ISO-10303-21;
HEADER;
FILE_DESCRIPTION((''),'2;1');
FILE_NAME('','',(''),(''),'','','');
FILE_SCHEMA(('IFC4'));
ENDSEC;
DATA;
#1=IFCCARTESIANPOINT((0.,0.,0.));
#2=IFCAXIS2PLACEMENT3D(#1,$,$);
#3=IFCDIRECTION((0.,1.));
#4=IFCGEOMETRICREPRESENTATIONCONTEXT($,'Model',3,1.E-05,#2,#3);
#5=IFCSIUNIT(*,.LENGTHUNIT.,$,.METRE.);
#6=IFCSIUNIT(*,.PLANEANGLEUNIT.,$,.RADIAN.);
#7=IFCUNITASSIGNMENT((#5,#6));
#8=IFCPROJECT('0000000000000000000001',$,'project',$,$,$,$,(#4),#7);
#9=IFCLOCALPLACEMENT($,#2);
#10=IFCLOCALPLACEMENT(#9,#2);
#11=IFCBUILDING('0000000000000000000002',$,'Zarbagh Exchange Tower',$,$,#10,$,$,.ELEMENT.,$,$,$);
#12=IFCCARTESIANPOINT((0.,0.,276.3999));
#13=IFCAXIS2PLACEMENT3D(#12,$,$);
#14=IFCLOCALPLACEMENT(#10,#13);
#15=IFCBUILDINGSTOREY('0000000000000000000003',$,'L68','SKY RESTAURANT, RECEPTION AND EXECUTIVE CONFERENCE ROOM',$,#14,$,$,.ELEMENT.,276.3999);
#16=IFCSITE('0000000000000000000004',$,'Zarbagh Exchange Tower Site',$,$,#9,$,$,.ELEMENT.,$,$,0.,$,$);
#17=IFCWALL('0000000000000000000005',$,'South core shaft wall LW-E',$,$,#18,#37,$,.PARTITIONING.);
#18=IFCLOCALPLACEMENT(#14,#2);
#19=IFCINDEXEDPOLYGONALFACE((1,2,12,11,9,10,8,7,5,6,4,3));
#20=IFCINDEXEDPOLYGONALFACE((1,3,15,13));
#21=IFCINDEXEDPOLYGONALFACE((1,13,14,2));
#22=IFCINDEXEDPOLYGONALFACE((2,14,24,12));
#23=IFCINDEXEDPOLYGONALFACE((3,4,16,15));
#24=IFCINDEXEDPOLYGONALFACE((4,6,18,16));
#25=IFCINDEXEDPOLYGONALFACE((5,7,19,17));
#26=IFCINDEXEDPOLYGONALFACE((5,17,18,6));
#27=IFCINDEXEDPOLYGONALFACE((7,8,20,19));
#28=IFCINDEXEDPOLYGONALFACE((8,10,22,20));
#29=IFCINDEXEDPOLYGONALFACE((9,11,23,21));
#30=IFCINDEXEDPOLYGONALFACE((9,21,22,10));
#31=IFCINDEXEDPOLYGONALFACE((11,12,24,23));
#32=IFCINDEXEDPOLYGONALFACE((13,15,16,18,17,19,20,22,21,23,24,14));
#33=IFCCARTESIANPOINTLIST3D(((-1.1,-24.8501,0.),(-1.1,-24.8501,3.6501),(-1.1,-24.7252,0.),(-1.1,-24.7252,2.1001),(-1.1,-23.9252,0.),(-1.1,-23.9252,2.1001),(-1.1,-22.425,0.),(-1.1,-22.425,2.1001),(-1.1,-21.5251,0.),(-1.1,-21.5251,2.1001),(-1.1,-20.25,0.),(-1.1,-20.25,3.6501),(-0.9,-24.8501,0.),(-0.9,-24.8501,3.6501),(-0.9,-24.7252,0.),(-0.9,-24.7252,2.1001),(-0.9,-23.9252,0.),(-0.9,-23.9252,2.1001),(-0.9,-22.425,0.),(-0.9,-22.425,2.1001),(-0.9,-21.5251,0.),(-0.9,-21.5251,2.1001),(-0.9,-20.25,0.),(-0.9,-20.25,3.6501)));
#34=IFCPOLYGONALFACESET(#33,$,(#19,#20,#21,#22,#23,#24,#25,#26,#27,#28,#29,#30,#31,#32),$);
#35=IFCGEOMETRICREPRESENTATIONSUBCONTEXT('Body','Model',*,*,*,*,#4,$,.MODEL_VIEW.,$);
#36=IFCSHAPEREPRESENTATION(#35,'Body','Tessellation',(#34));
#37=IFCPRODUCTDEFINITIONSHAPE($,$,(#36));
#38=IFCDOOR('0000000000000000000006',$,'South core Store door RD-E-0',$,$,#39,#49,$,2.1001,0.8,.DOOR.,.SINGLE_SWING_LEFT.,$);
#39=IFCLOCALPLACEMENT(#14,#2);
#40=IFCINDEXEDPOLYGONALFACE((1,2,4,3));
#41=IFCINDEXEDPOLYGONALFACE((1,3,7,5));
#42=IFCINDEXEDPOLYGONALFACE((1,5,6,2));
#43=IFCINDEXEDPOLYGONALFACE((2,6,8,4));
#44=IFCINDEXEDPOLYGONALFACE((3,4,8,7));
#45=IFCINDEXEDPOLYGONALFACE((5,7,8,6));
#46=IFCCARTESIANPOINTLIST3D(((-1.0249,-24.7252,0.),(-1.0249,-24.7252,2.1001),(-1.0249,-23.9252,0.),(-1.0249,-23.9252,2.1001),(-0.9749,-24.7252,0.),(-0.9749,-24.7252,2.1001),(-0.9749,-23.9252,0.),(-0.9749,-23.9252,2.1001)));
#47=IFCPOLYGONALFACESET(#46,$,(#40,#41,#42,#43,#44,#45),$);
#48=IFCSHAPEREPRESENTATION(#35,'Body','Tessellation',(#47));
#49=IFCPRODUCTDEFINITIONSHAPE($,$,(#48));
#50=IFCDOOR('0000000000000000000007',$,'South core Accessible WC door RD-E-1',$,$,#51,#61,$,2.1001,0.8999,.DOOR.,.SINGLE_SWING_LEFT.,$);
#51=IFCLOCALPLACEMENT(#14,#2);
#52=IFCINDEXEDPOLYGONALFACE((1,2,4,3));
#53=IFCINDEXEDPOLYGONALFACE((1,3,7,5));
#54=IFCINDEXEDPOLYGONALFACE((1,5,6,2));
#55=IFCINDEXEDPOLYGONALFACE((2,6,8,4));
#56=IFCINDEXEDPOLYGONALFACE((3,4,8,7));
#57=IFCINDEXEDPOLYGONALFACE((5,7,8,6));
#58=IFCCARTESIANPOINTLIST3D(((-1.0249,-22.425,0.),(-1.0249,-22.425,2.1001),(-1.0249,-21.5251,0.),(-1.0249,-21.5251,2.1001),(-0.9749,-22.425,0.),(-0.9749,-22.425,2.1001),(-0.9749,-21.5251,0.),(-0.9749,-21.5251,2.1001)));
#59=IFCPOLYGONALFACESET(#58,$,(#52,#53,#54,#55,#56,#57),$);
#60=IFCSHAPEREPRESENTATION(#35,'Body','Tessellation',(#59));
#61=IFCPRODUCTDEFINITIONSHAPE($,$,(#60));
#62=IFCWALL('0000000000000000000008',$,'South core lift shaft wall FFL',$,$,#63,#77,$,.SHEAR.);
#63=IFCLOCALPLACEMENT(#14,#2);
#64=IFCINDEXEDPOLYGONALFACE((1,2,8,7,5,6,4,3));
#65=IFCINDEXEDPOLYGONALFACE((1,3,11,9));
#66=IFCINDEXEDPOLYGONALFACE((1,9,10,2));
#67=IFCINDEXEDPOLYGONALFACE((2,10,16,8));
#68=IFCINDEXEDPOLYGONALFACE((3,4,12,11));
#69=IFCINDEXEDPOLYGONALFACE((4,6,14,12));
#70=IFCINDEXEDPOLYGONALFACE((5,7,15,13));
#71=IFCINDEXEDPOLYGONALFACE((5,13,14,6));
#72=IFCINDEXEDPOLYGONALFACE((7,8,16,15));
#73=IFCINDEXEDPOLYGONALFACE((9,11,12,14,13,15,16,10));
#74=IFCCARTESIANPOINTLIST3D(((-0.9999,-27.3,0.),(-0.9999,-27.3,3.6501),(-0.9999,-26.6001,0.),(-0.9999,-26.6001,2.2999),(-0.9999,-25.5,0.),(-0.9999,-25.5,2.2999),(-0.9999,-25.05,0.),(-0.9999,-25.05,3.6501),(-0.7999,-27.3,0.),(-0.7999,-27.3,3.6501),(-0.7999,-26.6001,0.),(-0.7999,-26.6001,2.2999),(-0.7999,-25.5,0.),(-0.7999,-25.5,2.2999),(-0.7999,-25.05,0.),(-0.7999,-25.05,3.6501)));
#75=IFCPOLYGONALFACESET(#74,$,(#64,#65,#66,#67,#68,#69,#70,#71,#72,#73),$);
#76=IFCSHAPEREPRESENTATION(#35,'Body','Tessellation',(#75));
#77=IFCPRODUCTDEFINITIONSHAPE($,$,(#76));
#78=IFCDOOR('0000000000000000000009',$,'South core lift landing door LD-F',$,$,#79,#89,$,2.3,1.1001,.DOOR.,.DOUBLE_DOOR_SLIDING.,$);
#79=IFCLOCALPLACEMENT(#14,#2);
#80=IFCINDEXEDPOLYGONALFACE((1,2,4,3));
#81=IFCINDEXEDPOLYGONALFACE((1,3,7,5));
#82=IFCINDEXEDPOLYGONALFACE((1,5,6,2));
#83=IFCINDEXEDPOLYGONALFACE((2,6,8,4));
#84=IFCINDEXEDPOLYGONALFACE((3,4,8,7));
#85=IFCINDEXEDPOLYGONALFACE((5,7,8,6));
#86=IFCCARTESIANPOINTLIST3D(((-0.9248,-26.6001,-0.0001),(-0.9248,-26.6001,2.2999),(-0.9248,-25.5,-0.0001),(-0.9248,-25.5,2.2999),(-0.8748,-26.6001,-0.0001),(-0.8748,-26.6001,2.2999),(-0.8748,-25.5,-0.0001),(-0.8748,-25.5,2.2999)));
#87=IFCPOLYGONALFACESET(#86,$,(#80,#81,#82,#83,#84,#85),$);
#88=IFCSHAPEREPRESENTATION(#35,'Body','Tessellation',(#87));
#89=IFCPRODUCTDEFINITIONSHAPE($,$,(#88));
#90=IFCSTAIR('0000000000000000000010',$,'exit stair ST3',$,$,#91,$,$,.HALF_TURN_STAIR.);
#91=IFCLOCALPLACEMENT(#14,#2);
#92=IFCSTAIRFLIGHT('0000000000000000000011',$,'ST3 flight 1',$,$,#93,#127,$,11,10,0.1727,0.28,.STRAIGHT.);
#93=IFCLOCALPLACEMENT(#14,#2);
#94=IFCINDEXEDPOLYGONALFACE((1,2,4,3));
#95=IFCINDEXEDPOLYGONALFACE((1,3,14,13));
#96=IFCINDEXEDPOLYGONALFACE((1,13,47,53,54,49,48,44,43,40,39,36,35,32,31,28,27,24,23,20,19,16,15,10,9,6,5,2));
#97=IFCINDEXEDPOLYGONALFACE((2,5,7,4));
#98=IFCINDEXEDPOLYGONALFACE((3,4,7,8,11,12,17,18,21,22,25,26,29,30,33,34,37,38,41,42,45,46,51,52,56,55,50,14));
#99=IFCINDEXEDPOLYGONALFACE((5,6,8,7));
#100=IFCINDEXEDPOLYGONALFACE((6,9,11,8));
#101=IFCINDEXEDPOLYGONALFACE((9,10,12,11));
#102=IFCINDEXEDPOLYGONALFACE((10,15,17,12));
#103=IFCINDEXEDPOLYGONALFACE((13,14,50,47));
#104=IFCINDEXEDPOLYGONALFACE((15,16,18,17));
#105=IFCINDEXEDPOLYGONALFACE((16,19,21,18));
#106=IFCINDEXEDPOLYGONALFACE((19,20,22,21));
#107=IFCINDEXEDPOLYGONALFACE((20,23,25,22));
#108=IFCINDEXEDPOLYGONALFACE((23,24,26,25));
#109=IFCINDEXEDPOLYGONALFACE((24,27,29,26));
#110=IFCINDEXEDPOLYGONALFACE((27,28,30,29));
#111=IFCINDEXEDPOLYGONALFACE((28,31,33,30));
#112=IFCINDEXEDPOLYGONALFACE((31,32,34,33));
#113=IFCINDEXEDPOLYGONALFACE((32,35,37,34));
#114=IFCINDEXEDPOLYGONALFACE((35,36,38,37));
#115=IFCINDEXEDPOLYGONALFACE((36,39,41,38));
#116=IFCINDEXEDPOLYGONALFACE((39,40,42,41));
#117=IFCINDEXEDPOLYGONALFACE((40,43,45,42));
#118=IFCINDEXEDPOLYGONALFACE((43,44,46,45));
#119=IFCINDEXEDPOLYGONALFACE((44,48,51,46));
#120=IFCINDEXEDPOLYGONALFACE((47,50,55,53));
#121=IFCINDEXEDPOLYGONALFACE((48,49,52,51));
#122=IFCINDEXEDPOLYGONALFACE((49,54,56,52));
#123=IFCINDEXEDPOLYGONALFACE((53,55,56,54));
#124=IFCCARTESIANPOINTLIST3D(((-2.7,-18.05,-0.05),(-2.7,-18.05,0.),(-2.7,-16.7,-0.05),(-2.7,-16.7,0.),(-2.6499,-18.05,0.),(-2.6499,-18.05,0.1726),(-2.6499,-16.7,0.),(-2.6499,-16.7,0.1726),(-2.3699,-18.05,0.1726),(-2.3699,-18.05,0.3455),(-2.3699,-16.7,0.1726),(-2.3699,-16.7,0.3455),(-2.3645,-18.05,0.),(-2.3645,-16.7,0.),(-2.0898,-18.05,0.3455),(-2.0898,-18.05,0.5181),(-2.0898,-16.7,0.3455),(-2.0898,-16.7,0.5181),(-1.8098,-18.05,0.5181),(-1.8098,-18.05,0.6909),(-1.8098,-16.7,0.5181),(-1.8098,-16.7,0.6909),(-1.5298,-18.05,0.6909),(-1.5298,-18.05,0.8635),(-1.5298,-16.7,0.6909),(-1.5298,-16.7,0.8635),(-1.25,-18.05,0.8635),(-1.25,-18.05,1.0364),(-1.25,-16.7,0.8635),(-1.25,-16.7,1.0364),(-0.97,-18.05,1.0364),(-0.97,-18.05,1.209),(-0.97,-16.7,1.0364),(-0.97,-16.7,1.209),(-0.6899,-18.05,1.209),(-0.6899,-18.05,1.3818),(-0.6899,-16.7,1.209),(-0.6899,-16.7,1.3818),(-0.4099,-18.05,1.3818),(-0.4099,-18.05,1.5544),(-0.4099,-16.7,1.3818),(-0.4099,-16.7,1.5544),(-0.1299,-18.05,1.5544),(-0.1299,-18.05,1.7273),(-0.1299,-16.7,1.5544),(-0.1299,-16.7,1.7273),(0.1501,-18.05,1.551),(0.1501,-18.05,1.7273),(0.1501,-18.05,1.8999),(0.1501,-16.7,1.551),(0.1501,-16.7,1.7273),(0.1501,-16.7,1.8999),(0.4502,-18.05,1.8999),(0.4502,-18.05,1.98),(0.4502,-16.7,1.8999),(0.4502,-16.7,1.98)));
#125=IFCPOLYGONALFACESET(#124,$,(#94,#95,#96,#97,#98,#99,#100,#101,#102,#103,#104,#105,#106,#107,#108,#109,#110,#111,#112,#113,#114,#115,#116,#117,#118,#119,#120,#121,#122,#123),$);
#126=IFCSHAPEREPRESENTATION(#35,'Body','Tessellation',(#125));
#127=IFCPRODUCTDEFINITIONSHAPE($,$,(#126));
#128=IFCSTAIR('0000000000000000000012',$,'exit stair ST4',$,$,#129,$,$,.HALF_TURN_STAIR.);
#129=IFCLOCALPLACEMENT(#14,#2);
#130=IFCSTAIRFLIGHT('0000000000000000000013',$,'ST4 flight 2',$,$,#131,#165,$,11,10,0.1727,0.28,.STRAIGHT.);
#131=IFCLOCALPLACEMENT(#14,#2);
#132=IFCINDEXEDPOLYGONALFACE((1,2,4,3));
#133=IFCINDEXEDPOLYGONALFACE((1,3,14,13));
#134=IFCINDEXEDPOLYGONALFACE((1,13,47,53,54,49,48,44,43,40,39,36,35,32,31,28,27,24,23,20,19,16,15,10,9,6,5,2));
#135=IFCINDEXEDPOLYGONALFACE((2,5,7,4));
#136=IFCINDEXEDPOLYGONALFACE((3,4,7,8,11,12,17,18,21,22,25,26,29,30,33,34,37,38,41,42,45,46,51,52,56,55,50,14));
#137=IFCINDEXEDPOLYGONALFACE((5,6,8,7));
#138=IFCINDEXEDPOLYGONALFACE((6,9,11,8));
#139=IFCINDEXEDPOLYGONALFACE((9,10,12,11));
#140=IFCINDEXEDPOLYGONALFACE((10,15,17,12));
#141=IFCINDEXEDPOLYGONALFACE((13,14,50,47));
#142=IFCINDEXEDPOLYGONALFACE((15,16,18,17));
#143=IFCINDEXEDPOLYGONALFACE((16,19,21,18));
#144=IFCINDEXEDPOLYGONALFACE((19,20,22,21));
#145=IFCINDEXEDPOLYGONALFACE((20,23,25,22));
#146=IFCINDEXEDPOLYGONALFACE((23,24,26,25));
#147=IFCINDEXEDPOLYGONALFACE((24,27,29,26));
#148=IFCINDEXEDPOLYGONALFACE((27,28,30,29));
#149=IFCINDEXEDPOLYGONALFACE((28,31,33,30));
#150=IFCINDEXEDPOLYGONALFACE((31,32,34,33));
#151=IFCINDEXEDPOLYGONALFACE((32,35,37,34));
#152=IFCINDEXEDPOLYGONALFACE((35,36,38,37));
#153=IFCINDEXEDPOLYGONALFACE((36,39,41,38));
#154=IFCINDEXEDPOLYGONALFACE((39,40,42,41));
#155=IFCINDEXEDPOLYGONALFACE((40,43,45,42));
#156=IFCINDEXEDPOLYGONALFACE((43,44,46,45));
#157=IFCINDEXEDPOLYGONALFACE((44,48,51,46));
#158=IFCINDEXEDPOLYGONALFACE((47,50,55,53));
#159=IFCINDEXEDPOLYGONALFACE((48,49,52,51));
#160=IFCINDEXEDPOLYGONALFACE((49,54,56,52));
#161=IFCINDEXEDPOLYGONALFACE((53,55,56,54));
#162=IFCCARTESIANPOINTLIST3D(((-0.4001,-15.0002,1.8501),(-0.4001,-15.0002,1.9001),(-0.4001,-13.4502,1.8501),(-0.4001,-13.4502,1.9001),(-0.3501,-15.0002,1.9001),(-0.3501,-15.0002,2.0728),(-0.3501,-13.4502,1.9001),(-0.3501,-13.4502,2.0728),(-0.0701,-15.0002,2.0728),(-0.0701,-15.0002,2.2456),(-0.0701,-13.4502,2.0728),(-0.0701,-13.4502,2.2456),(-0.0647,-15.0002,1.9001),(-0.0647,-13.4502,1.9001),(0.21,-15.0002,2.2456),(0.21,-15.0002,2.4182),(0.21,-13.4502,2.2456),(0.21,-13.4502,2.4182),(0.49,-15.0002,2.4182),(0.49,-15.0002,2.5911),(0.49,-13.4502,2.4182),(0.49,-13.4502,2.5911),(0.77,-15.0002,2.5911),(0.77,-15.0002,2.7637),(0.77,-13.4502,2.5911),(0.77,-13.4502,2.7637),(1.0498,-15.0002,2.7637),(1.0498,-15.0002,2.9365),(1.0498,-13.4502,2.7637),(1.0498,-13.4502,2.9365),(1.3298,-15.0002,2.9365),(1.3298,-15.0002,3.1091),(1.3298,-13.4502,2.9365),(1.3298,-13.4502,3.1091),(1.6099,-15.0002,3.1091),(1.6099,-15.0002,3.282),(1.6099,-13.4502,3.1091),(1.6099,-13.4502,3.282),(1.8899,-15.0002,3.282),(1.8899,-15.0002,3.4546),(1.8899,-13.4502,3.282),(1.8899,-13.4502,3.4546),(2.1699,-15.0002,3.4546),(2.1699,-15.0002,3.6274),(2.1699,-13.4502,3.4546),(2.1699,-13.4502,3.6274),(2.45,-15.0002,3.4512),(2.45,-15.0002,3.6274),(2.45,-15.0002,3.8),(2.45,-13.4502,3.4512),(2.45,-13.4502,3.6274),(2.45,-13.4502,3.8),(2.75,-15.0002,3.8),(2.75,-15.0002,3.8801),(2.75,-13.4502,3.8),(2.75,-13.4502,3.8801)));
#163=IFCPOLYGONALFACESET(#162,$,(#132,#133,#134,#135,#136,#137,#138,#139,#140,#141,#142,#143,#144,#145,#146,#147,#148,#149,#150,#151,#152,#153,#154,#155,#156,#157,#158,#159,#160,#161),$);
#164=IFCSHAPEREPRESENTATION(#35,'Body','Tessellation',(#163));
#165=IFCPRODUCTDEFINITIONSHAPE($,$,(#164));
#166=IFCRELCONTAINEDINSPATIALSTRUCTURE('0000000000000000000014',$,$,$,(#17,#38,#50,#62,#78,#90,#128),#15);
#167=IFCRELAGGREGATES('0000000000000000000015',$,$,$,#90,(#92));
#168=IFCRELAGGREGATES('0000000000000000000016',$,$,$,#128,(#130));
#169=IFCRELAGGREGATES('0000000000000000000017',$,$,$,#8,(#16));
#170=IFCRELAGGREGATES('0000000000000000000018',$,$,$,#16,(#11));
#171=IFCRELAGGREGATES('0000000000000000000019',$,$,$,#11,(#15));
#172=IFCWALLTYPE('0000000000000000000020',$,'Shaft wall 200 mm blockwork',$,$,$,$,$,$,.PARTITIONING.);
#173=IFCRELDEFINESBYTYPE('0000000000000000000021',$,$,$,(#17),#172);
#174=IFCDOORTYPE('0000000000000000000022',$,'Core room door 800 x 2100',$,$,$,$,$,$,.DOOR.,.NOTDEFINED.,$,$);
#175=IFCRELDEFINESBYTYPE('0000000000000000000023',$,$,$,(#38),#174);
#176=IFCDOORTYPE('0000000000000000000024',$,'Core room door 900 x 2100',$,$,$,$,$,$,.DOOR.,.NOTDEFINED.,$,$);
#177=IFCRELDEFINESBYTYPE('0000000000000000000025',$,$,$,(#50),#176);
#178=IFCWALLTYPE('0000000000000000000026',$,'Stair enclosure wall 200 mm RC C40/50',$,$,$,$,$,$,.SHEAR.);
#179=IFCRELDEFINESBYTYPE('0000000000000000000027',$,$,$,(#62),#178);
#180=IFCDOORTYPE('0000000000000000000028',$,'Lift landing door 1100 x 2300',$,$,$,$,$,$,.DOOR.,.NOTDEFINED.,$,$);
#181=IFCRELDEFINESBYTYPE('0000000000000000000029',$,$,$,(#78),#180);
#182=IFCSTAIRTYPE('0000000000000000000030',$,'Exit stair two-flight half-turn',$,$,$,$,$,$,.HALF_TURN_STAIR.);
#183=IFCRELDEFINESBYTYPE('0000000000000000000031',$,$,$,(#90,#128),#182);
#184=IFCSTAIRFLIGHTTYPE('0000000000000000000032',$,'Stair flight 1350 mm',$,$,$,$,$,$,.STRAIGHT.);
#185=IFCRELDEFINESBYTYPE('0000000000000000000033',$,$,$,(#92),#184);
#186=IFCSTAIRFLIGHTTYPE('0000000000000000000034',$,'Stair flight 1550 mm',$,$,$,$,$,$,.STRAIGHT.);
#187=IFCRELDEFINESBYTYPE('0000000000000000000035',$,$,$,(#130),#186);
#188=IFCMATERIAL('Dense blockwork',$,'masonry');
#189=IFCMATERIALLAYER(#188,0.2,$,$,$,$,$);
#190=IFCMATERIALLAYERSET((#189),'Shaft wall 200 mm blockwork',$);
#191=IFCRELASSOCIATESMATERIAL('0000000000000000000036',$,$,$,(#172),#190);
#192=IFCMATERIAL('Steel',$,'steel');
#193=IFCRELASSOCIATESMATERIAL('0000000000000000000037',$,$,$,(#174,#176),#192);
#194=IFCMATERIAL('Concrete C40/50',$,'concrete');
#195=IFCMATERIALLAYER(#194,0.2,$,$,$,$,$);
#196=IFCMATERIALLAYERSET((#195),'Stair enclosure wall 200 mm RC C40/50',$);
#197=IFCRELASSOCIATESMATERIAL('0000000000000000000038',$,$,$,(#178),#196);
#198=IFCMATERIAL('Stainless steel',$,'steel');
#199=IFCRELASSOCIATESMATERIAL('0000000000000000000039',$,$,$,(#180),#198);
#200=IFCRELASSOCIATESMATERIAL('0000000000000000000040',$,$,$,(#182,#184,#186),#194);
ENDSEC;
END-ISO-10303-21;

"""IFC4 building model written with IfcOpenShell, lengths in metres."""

from ifc_helpers import new_model, si_unit, direction, frame, frame_2d, origin, place, context, subcontext, project, spatial, polyline, rectangle, outline, extrude, material, layer, layer_set, type_object, element, fill, aggregate, save


model = new_model("IFC4")

# Units and contexts
model_context = context("Model", 3, precision=1e-05, world=origin(), true_north=direction((0.0, 1.0)))
body_context = subcontext(model_context, "Body", "Model", "MODEL_VIEW")
ifc_project = project(units=[si_unit("LENGTHUNIT", "METRE"), si_unit("PLANEANGLEUNIT", "RADIAN")], contexts=[model_context])

# Site, building, storey
site_placement = place(None, origin())
site = spatial("IfcSite", under=ifc_project, at=site_placement, Name="Zarbagh Exchange Tower Site", CompositionType="ELEMENT", RefElevation=0.0)
building_placement = place(site_placement, origin())
building = spatial("IfcBuilding", under=site, at=building_placement, Name="Zarbagh Exchange Tower", CompositionType="ELEMENT")
storey_placement = place(building_placement, frame((0.0, 0.0, 276.3999)))
storey = spatial("IfcBuildingStorey", under=building, at=storey_placement, Name="L68", Description="SKY RESTAURANT, RECEPTION AND EXECUTIVE CONFERENCE ROOM", CompositionType="ELEMENT", Elevation=276.3999)

# Shared definitions
ifc_material_1 = material(Name="Concrete C40/50", Category="concrete")

# Shared definitions
ifc_material_2 = material(Name="Dense blockwork", Category="masonry")

# Shared definitions
ifc_material_3 = material(Name="Steel", Category="steel")

# Shared definitions
ifc_layer_1 = layer(ifc_material_2, 0.2)
ifc_layer_set_1 = layer_set([ifc_layer_1], Name="Shaft wall 200 mm blockwork")
wall_type_1 = type_object("IfcWallType", Name="Shaft wall 200 mm blockwork", PredefinedType="PARTITIONING", material=ifc_layer_set_1)

# Wall, openings, doors
wall_1_placement = place(storey_placement, frame((-1.0, -24.8501, 0.0), z_axis=(0.0, 0.0, 1.0), x_axis=(0.0, 1.0, 0.0)))
wall_1 = element("IfcWall", 1, at=wall_1_placement, inside=storey, type_object=wall_type_1, Name="South core shaft wall LW-E", PredefinedType="PARTITIONING", context=body_context, shape_type="SweptSolid", body=[
    extrude(rectangle(XDim=4.6001, YDim=0.2, at=frame_2d((2.3, 0.0))), origin(), (0.0, 0.0, 1.0), 3.6501),
])
opening_1_placement = place(wall_1_placement, frame((0.125, 0.0, 0.0)))
opening_1 = element("IfcOpeningElement", 2, at=opening_1_placement, cuts=wall_1, PredefinedType="OPENING", context=body_context, shape_type="SweptSolid", body=[
    extrude(rectangle(XDim=0.8, YDim=2.1001, at=frame_2d((0.3999, 1.05))), frame((0.0, 0.1099, 0.0), z_axis=(0.0, -1.0, 0.0), x_axis=(1.0, 0.0, 0.0)), (0.0, 0.0, 1.0), 0.22),
])
opening_2_placement = place(wall_1_placement, frame((2.425, 0.0, 0.0)))
opening_2 = element("IfcOpeningElement", 3, at=opening_2_placement, cuts=wall_1, PredefinedType="OPENING", context=body_context, shape_type="SweptSolid", body=[
    extrude(rectangle(XDim=0.8999, YDim=2.1001, at=frame_2d((0.45, 1.05))), frame((0.0, 0.1099, 0.0), z_axis=(0.0, -1.0, 0.0), x_axis=(1.0, 0.0, 0.0)), (0.0, 0.0, 1.0), 0.22),
])
door_type_1 = type_object("IfcDoorType", Name="Core room door 800 x 2100", OperationType="NOTDEFINED", PredefinedType="DOOR", material=ifc_material_3)
door_1_placement = place(opening_1_placement, origin())
door_1 = element("IfcDoor", 4, at=door_1_placement, inside=storey, type_object=door_type_1, Name="South core Store door RD-E-0", OperationType="SINGLE_SWING_LEFT", OverallHeight=2.1001, OverallWidth=0.8, PredefinedType="DOOR", context=body_context, shape_type="SweptSolid", body=[
    extrude(rectangle(XDim=0.8, YDim=2.1001, at=frame_2d((0.3999, 1.05))), frame((0.0, 0.0249, 0.0), z_axis=(0.0, -1.0, 0.0), x_axis=(1.0, 0.0, 0.0)), (0.0, 0.0, 1.0), 0.05),
])
fill(opening_1, door_1)
door_type_2 = type_object("IfcDoorType", Name="Core room door 900 x 2100", OperationType="NOTDEFINED", PredefinedType="DOOR", material=ifc_material_3)
door_2_placement = place(opening_2_placement, origin())
door_2 = element("IfcDoor", 5, at=door_2_placement, inside=storey, type_object=door_type_2, Name="South core Accessible WC door RD-E-1", OperationType="SINGLE_SWING_LEFT", OverallHeight=2.1001, OverallWidth=0.8999, PredefinedType="DOOR", context=body_context, shape_type="SweptSolid", body=[
    extrude(rectangle(XDim=0.8999, YDim=2.1001, at=frame_2d((0.45, 1.05))), frame((0.0, 0.0249, 0.0), z_axis=(0.0, -1.0, 0.0), x_axis=(1.0, 0.0, 0.0)), (0.0, 0.0, 1.0), 0.05),
])
fill(opening_2, door_2)

# Wall, opening, door
ifc_layer_2 = layer(ifc_material_1, 0.2)
ifc_layer_set_2 = layer_set([ifc_layer_2], Name="Stair enclosure wall 200 mm RC C40/50")
wall_type_2 = type_object("IfcWallType", Name="Stair enclosure wall 200 mm RC C40/50", PredefinedType="SHEAR", material=ifc_layer_set_2)
wall_2_placement = place(storey_placement, frame((-0.8999, -27.3, 0.0), z_axis=(0.0, 0.0, 1.0), x_axis=(0.0, 1.0, 0.0)))
wall_2 = element("IfcWall", 6, at=wall_2_placement, inside=storey, type_object=wall_type_2, Name="South core lift shaft wall FFL", PredefinedType="SHEAR", context=body_context, shape_type="SweptSolid", body=[
    extrude(rectangle(XDim=2.25, YDim=0.2, at=frame_2d((1.125, 0.0))), origin(), (0.0, 0.0, 1.0), 3.6501),
])
opening_3_placement = place(wall_2_placement, frame((0.7, 0.0, 0.0)))
opening_3 = element("IfcOpeningElement", 7, at=opening_3_placement, cuts=wall_2, PredefinedType="OPENING", context=body_context, shape_type="SweptSolid", body=[
    extrude(rectangle(XDim=1.1001, YDim=2.3, at=frame_2d((0.55, 1.1499))), frame((0.0, 0.1099, 0.0), z_axis=(0.0, -1.0, 0.0), x_axis=(1.0, 0.0, 0.0)), (0.0, 0.0, 1.0), 0.22),
])
ifc_material_4 = material(Name="Stainless steel", Category="steel")
door_type_3 = type_object("IfcDoorType", Name="Lift landing door 1100 x 2300", OperationType="NOTDEFINED", PredefinedType="DOOR", material=ifc_material_4)
door_3_placement = place(opening_3_placement, origin())
door_3 = element("IfcDoor", 8, at=door_3_placement, inside=storey, type_object=door_type_3, Name="South core lift landing door LD-F", OperationType="DOUBLE_DOOR_SLIDING", OverallHeight=2.3, OverallWidth=1.1001, PredefinedType="DOOR", context=body_context, shape_type="SweptSolid", body=[
    extrude(rectangle(XDim=1.1001, YDim=2.3, at=frame_2d((0.55, 1.1499))), frame((0.0, 0.0249, 0.0), z_axis=(0.0, -1.0, 0.0), x_axis=(1.0, 0.0, 0.0)), (0.0, 0.0, 1.0), 0.05),
])
fill(opening_3, door_3)

# Stairs, stair flights
stair_type = type_object("IfcStairType", Name="Exit stair two-flight half-turn", PredefinedType="HALF_TURN_STAIR", material=ifc_material_1)
stair_1_placement = place(storey_placement, origin())
stair_1 = element("IfcStair", 9, at=stair_1_placement, inside=storey, type_object=stair_type, Name="exit stair ST3", PredefinedType="HALF_TURN_STAIR")
stair_flight_type_1 = type_object("IfcStairFlightType", Name="Stair flight 1350 mm", PredefinedType="STRAIGHT", material=ifc_material_1)
stair_flight_1_placement = place(storey_placement, frame((-2.6499, -17.375, 0.0), z_axis=(0.0, 0.0, 1.0), x_axis=(1.0, 0.0, 0.0)))
stair_flight_1 = element("IfcStairFlight", 10, at=stair_flight_1_placement, type_object=stair_flight_type_1, Name="ST3 flight 1", NumberOfRisers=11, NumberOfTreads=10, PredefinedType="STRAIGHT", RiserHeight=0.1727, TreadLength=0.28, context=body_context, shape_type="SweptSolid", body=[
    extrude(outline(polyline([(-0.05, -0.05), (-0.05, 0.0), (0.0, 0.0), (0.0, 0.1726), (0.28, 0.1726), (0.28, 0.3455), (0.5601, 0.3455), (0.5601, 0.5181), (0.8401, 0.5181), (0.8401, 0.6909), (1.1201, 0.6909), (1.1201, 0.8635), (1.3999, 0.8635), (1.3999, 1.0364), (1.6799, 1.0364), (1.6799, 1.209), (1.96, 1.209), (1.96, 1.3818), (2.24, 1.3818), (2.24, 1.5544), (2.52, 1.5544), (2.52, 1.7273), (2.8, 1.7273), (2.8, 1.8999), (3.1001, 1.98), (3.1001, 1.8999), (2.8, 1.551), (0.2854, 0.0), (-0.05, -0.05)])), frame((0.0, 0.675, 0.0), z_axis=(0.0, -1.0, 0.0), x_axis=(1.0, 0.0, 0.0)), (0.0, 0.0, 1.0), 1.3501),
])
aggregate(stair_1, [stair_flight_1])
stair_2_placement = place(storey_placement, origin())
stair_2 = element("IfcStair", 11, at=stair_2_placement, inside=storey, type_object=stair_type, Name="exit stair ST4", PredefinedType="HALF_TURN_STAIR")
stair_flight_type_2 = type_object("IfcStairFlightType", Name="Stair flight 1550 mm", PredefinedType="STRAIGHT", material=ifc_material_1)
stair_flight_2_placement = place(storey_placement, frame((-0.3501, -14.2251, 1.9001), z_axis=(0.0, 0.0, 1.0), x_axis=(1.0, 0.0, 0.0)))
stair_flight_2 = element("IfcStairFlight", 12, at=stair_flight_2_placement, type_object=stair_flight_type_2, Name="ST4 flight 2", NumberOfRisers=11, NumberOfTreads=10, PredefinedType="STRAIGHT", RiserHeight=0.1727, TreadLength=0.28, context=body_context, shape_type="SweptSolid", body=[
    extrude(outline(polyline([(-0.05, -0.05), (-0.05, 0.0), (0.0, 0.0), (0.0, 0.1726), (0.28, 0.1726), (0.28, 0.3455), (0.5601, 0.3455), (0.5601, 0.5181), (0.8401, 0.5181), (0.8401, 0.6909), (1.1201, 0.6909), (1.1201, 0.8635), (1.3999, 0.8635), (1.3999, 1.0364), (1.6799, 1.0364), (1.6799, 1.209), (1.96, 1.209), (1.96, 1.3818), (2.24, 1.3818), (2.24, 1.5544), (2.52, 1.5544), (2.52, 1.7273), (2.8, 1.7273), (2.8, 1.8999), (3.1001, 1.98), (3.1001, 1.8999), (2.8, 1.551), (0.2854, 0.0), (-0.05, -0.05)])), frame((0.0, 0.7749, 0.0), z_axis=(0.0, -1.0, 0.0), x_axis=(1.0, 0.0, 0.0)), (0.0, 0.0, 1.0), 1.55),
])
aggregate(stair_2, [stair_flight_2])

save(model, "model.ifc")
